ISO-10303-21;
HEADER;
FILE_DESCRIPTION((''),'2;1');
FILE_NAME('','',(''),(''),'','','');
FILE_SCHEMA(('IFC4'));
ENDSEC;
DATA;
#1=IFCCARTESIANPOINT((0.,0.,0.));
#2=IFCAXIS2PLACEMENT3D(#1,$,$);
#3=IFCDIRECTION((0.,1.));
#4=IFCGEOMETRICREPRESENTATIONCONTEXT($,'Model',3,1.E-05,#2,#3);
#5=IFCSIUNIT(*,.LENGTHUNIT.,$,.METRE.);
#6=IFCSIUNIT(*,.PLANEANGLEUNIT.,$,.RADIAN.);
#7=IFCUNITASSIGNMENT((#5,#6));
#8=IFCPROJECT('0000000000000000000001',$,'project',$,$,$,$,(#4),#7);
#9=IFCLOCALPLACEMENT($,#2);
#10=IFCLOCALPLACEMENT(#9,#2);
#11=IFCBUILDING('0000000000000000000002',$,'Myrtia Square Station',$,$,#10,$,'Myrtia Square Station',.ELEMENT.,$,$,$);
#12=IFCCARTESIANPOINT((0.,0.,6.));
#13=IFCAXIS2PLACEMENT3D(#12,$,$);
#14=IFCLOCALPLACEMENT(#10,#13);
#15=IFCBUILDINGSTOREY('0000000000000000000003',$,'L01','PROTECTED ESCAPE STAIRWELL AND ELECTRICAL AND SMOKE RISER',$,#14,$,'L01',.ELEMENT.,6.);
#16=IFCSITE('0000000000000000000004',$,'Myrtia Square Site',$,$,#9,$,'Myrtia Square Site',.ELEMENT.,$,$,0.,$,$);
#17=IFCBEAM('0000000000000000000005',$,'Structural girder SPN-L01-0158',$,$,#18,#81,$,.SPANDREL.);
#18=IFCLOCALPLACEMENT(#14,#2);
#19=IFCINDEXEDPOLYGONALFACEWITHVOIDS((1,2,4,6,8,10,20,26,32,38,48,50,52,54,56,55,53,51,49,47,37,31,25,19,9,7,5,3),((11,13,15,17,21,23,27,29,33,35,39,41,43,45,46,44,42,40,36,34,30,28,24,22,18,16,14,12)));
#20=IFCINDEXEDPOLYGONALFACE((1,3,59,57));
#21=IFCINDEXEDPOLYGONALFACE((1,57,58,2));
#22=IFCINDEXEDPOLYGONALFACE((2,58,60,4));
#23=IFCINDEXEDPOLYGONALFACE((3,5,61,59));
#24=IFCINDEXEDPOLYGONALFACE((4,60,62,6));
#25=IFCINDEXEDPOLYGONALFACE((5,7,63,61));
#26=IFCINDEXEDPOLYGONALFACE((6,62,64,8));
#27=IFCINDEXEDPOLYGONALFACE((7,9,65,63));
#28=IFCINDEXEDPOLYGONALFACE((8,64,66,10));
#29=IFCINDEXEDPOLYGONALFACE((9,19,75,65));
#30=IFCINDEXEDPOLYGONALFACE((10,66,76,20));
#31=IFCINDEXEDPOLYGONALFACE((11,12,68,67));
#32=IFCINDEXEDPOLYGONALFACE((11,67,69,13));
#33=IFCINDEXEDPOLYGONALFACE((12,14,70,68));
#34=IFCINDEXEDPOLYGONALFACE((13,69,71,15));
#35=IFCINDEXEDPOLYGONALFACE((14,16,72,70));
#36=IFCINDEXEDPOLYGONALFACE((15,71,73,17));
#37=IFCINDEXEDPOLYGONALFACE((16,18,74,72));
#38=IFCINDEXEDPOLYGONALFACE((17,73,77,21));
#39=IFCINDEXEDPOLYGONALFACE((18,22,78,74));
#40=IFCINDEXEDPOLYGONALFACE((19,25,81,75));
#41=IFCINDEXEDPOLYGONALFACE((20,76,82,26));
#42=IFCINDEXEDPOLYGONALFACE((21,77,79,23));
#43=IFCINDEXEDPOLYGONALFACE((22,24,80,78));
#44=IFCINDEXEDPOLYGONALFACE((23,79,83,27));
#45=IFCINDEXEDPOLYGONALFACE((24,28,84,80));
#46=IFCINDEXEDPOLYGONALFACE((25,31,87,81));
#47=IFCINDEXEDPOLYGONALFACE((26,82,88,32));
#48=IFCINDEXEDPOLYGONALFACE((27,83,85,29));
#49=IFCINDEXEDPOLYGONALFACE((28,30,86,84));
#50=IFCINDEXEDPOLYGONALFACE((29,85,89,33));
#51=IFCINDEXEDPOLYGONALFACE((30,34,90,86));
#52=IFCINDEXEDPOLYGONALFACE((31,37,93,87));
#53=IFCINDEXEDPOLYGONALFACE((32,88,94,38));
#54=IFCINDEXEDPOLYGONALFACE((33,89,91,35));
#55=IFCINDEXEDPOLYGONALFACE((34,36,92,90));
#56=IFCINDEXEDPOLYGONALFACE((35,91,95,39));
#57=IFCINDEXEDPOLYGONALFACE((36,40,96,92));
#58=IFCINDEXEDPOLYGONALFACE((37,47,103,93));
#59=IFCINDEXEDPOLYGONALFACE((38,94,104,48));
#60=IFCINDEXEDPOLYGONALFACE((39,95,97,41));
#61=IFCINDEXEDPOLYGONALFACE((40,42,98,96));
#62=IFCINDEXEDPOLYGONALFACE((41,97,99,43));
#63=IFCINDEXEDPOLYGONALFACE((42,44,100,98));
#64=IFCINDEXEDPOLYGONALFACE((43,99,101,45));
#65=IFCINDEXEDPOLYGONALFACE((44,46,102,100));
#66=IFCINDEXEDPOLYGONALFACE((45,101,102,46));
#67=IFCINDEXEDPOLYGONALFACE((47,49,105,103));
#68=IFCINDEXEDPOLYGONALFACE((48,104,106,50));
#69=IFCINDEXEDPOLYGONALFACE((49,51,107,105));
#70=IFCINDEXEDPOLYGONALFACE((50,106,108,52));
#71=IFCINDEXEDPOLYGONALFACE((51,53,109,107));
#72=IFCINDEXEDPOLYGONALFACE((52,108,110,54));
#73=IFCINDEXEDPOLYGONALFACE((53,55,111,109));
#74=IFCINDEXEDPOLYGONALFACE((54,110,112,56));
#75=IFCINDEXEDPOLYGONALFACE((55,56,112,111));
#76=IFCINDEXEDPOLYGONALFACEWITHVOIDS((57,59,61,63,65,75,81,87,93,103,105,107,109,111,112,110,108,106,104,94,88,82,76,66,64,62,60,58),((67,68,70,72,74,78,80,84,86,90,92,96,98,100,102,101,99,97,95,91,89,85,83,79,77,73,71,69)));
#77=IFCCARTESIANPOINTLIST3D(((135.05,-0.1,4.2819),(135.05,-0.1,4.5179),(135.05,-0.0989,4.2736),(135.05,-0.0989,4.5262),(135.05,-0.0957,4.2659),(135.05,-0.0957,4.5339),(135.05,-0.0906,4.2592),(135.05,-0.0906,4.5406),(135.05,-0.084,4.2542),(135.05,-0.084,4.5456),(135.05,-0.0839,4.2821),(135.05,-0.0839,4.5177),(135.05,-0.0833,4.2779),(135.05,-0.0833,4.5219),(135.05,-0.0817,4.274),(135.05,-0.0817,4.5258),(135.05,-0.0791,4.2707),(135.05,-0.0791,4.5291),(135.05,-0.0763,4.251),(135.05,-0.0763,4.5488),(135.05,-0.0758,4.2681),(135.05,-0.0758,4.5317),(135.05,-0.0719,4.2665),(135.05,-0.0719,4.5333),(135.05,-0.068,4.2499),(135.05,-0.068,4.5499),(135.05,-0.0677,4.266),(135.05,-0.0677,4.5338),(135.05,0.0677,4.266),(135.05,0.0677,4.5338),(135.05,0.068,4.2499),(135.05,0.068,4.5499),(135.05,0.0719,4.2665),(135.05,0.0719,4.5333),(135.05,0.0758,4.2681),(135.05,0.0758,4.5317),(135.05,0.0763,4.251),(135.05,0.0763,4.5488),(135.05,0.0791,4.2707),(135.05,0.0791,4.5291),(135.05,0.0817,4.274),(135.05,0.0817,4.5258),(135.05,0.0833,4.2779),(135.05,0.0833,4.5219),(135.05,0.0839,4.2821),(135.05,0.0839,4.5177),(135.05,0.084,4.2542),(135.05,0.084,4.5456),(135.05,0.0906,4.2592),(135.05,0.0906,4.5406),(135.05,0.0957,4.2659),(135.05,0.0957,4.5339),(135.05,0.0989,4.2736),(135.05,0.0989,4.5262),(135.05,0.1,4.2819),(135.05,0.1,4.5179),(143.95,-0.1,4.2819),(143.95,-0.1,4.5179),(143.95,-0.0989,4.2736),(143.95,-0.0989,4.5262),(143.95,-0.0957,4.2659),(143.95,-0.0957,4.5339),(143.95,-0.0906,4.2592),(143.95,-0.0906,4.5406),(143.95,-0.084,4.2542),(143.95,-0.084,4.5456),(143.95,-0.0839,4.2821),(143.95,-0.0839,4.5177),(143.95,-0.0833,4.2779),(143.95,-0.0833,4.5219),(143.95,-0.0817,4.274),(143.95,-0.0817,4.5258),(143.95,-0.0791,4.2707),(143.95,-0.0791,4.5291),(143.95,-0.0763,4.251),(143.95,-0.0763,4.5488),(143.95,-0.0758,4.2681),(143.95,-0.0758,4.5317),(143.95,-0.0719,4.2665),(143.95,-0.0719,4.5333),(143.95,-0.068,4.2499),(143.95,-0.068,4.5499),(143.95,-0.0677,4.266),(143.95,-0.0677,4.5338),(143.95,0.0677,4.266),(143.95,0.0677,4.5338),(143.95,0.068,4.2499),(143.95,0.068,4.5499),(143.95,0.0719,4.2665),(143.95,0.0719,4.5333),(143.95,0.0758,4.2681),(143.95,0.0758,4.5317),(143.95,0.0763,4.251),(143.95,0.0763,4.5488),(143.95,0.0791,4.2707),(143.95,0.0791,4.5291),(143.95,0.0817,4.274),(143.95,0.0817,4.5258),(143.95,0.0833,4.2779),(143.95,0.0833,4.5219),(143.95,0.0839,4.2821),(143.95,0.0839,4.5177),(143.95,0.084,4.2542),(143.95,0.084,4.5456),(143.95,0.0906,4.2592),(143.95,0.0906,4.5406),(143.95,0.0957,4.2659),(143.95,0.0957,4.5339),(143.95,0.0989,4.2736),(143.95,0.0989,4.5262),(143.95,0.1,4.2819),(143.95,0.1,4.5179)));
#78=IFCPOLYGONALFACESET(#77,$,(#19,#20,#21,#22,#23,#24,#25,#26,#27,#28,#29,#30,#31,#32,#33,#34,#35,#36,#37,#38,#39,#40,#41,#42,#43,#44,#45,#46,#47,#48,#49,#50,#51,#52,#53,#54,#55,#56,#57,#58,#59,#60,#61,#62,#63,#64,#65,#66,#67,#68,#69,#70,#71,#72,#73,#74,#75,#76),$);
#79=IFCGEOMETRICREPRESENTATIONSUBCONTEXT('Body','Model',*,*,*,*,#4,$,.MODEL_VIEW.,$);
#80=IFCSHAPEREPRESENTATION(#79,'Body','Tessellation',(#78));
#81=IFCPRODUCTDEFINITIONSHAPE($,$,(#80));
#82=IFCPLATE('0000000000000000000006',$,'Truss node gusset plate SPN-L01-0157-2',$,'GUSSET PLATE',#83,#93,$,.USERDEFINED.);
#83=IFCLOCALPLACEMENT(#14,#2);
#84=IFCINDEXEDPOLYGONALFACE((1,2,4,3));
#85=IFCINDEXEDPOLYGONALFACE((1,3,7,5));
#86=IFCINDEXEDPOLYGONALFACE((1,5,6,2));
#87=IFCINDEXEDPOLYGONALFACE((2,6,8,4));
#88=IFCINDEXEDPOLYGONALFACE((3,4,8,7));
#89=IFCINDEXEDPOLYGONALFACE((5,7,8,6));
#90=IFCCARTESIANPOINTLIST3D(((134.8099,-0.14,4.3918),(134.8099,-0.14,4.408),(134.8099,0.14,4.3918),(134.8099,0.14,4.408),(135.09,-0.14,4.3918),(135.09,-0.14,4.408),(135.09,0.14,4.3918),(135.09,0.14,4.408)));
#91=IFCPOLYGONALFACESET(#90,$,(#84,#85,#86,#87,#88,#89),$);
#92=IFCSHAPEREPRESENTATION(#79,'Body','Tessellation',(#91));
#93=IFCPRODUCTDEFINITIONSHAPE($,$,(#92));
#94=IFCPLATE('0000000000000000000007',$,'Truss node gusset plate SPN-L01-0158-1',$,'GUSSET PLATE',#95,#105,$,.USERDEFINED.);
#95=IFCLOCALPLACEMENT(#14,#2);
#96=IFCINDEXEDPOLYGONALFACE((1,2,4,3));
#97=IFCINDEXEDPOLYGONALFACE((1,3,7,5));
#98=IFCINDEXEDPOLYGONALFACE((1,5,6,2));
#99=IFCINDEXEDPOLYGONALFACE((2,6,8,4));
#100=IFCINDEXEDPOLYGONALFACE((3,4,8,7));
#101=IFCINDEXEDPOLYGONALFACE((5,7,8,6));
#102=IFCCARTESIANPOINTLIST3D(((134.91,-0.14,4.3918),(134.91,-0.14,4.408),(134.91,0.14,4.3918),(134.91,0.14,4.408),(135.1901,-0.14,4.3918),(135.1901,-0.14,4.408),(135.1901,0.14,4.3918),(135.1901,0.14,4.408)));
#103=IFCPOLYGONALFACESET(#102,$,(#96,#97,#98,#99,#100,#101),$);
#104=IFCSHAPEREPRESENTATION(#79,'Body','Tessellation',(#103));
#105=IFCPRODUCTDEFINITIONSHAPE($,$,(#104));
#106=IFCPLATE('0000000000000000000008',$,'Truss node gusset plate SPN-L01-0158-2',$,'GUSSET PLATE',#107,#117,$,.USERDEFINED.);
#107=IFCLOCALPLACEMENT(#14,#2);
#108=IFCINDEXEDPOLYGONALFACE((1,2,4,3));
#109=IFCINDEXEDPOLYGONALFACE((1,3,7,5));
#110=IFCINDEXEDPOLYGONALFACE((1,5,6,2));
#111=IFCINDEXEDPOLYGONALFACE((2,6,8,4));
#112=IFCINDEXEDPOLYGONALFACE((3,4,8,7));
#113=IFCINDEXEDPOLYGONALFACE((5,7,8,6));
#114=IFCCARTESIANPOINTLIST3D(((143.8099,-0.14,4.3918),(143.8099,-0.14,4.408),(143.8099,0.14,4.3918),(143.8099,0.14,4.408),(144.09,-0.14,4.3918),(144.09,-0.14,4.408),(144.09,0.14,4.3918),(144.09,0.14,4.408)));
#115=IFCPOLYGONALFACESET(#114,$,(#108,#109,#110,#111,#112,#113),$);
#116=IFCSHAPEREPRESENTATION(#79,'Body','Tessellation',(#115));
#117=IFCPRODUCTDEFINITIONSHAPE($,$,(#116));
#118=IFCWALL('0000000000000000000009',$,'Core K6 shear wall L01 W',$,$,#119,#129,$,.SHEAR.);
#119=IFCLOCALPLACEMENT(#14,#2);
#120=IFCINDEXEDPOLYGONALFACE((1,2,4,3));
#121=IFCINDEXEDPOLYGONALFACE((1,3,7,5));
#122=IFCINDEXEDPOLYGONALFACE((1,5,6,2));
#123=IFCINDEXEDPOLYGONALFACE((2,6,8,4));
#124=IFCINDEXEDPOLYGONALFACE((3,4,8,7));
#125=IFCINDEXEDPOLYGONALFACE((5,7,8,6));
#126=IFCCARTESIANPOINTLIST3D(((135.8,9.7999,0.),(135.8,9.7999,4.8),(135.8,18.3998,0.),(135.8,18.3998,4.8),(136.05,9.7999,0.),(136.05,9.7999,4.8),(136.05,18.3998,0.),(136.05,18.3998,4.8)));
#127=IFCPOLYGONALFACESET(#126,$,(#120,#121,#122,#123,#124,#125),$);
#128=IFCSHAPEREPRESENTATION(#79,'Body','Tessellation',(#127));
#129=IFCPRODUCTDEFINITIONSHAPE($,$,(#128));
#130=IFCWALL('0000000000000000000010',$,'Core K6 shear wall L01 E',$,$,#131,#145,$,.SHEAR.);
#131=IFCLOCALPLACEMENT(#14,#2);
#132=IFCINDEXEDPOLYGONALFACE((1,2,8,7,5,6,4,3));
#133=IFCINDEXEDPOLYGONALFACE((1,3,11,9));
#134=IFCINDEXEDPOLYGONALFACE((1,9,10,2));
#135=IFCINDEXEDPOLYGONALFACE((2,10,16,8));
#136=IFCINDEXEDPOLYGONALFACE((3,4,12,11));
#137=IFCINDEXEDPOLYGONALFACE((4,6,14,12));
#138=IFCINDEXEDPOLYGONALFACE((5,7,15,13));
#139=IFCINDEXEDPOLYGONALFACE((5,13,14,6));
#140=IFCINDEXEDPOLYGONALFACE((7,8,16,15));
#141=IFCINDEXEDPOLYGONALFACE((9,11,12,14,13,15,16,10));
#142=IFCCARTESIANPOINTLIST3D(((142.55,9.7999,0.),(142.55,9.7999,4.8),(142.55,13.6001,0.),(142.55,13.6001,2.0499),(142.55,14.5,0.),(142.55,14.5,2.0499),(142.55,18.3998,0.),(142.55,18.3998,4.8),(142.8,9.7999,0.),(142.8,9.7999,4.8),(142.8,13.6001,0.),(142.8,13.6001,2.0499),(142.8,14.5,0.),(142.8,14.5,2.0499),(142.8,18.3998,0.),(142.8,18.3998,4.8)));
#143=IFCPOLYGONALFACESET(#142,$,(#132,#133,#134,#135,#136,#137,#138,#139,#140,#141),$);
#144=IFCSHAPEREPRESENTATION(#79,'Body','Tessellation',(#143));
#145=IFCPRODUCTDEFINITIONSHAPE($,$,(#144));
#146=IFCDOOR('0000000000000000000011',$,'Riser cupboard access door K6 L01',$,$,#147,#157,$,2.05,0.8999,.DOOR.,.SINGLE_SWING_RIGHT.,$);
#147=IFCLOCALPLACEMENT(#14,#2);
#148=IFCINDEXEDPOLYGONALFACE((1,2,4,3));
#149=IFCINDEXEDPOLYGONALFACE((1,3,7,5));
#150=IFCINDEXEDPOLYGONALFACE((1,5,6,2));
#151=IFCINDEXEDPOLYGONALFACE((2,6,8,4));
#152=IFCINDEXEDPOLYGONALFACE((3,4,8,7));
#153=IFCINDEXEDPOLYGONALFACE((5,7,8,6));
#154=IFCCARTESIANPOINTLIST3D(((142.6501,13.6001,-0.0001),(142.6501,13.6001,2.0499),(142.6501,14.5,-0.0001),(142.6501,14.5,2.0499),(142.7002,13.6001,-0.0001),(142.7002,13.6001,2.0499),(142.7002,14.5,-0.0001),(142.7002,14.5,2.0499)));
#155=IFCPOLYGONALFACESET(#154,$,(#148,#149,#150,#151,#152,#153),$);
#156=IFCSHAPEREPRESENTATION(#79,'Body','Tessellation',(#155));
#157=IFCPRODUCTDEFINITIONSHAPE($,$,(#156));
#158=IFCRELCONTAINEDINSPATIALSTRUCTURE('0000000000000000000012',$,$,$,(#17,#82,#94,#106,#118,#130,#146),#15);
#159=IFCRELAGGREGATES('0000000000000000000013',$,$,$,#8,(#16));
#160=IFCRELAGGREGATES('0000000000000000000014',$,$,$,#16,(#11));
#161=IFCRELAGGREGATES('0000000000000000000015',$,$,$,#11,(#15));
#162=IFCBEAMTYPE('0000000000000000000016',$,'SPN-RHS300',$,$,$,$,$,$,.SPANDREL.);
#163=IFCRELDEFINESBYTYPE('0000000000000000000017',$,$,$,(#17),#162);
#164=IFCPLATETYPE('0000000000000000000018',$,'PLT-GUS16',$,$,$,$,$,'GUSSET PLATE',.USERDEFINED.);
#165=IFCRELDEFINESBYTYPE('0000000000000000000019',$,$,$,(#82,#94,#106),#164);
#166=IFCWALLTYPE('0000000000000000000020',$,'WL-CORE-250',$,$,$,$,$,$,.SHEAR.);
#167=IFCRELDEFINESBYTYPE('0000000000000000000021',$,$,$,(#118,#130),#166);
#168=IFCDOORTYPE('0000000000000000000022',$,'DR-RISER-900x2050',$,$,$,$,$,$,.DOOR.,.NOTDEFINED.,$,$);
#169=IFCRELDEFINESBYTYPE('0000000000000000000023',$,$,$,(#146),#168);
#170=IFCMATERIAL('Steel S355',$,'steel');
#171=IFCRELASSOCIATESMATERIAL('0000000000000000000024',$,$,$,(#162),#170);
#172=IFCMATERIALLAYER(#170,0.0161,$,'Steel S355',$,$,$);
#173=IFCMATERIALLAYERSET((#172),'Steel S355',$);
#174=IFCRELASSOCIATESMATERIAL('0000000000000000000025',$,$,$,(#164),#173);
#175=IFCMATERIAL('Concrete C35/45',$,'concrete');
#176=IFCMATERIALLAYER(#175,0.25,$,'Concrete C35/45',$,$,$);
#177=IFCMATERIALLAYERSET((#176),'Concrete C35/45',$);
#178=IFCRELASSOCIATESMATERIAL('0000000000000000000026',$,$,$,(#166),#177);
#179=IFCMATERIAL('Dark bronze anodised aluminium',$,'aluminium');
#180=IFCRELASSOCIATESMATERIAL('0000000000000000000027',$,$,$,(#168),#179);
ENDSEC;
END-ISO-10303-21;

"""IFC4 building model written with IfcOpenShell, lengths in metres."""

from ifc_helpers import new_model, si_unit, direction, frame, frame_2d, origin, origin_2d, place, context, subcontext, project, spatial, rectangle, hollow_rectangle, extrude, material, layer, layer_set, material_profile, profile_set, type_object, element, fill, save


model = new_model("IFC4")

# Units and contexts
model_context = context("Model", 3, precision=1e-05, world=origin(), true_north=direction((0.0, 1.0)))
body_context = subcontext(model_context, "Body", "Model", "MODEL_VIEW")
ifc_project = project(units=[si_unit("LENGTHUNIT", "METRE"), si_unit("PLANEANGLEUNIT", "RADIAN")], contexts=[model_context])

# Site, building, storey
site_placement = place(None, origin())
site = spatial("IfcSite", under=ifc_project, at=site_placement, Name="Myrtia Square Site", LongName="Myrtia Square Site", CompositionType="ELEMENT", RefElevation=0.0)
building_placement = place(site_placement, origin())
building = spatial("IfcBuilding", under=site, at=building_placement, Name="Myrtia Square Station", LongName="Myrtia Square Station", CompositionType="ELEMENT")
storey_placement = place(building_placement, frame((0.0, 0.0, 6.0)))
storey = spatial("IfcBuildingStorey", under=building, at=storey_placement, Name="L01", Description="PROTECTED ESCAPE STAIRWELL AND ELECTRICAL AND SMOKE RISER", LongName="L01", CompositionType="ELEMENT", Elevation=6.0)

# Shared definitions
ifc_material_1 = material(Name="Steel S355", Category="steel")

# Beam
ifc_material_profile_1 = material_profile(ifc_material_1, hollow_rectangle(XDim=0.2, YDim=0.3, WallThickness=0.0161, InnerFilletRadius=0.0161, OuterFilletRadius=0.032, at=origin_2d()), Name="RHS 300x200x16")
ifc_profile_set_1 = profile_set([ifc_material_profile_1], Name="Steel S355")
beam_type_1 = type_object("IfcBeamType", Name="SPN-RHS300", PredefinedType="SPANDREL", material=ifc_profile_set_1)
beam_1_placement = place(storey_placement, frame((135.05, 0.0, 4.3999), z_axis=(1.0, 0.0, 0.0), x_axis=(0.0, 1.0, 0.0)))
element("IfcBeam", 1, at=beam_1_placement, inside=storey, type_object=beam_type_1, Name="Structural girder SPN-L01-0158", PredefinedType="SPANDREL", context=body_context, shape_type="SweptSolid", body=[
    extrude(hollow_rectangle(XDim=0.2, YDim=0.3, WallThickness=0.0161, InnerFilletRadius=0.0161, OuterFilletRadius=0.032, at=origin_2d()), origin(), (0.0, 0.0, 1.0), 8.8999),
])

# Plates
ifc_layer_1 = layer(ifc_material_1, 0.0161, Name="Steel S355")
ifc_layer_set_1 = layer_set([ifc_layer_1], Name="Steel S355")
plate_type = type_object("IfcPlateType", Name="PLT-GUS16", ElementType="GUSSET PLATE", PredefinedType="USERDEFINED", material=ifc_layer_set_1)
for number, where, z_axis, x_axis, name in (
    (2, (134.95, 0.0, 4.3918), (0.0, 0.0, 1.0), (1.0, 0.0, 0.0), "Truss node gusset plate SPN-L01-0157-2"),
    (3, (135.05, 0.0, 4.3918), (0.0, 0.0, 1.0), (1.0, 0.0, 0.0), "Truss node gusset plate SPN-L01-0158-1"),
    (4, (143.95, 0.0, 4.3918), (0.0, 0.0, 1.0), (1.0, 0.0, 0.0), "Truss node gusset plate SPN-L01-0158-2"),
):
    element("IfcPlate", number, at=place(storey_placement, frame(where, z_axis=z_axis, x_axis=x_axis)), inside=storey, type_object=plate_type, Name=name, ObjectType="GUSSET PLATE", PredefinedType="USERDEFINED", context=body_context, shape_type="SweptSolid", body=[
        extrude(rectangle(XDim=0.28, YDim=0.28, at=origin_2d()), origin(), (0.0, 0.0, 1.0), 0.0161),
    ])

# Wall
ifc_material_2 = material(Name="Concrete C35/45", Category="concrete")
ifc_layer_2 = layer(ifc_material_2, 0.25, Name="Concrete C35/45")
ifc_layer_set_2 = layer_set([ifc_layer_2], Name="Concrete C35/45")
wall_type_1 = type_object("IfcWallType", Name="WL-CORE-250", PredefinedType="SHEAR", material=ifc_layer_set_2)
wall_1_placement = place(storey_placement, frame((135.925, 9.8, 0.0), z_axis=(0.0, 0.0, 1.0), x_axis=(0.0, 1.0, 0.0)))
element("IfcWall", 5, at=wall_1_placement, inside=storey, type_object=wall_type_1, Name="Core K6 shear wall L01 W", PredefinedType="SHEAR", context=body_context, shape_type="SweptSolid", body=[
    extrude(rectangle(XDim=8.5999, YDim=0.25, at=frame_2d((4.2998, 0.0))), origin(), (0.0, 0.0, 1.0), 4.8),
])

# Wall, opening, door
wall_2_placement = place(storey_placement, frame((142.675, 9.8, 0.0), z_axis=(0.0, 0.0, 1.0), x_axis=(0.0, 1.0, 0.0)))
wall_2 = element("IfcWall", 6, at=wall_2_placement, inside=storey, type_object=wall_type_1, Name="Core K6 shear wall L01 E", PredefinedType="SHEAR", context=body_context, shape_type="SweptSolid", body=[
    extrude(rectangle(XDim=8.5999, YDim=0.25, at=frame_2d((4.2998, 0.0))), origin(), (0.0, 0.0, 1.0), 4.8),
])
opening_1_placement = place(wall_2_placement, frame((3.8, 0.0, 0.0)))
opening_1 = element("IfcOpeningElement", 7, at=opening_1_placement, cuts=wall_2, PredefinedType="OPENING", context=body_context, shape_type="SweptSolid", body=[
    extrude(rectangle(XDim=0.8999, YDim=2.05, at=frame_2d((0.45, 1.0249))), frame((0.0, 0.1399, 0.0), z_axis=(0.0, -1.0, 0.0), x_axis=(1.0, 0.0, 0.0)), (0.0, 0.0, 1.0), 0.28),
])
ifc_material_3 = material(Name="Dark bronze anodised aluminium", Category="aluminium")
door_type_1 = type_object("IfcDoorType", Name="DR-RISER-900x2050", OperationType="NOTDEFINED", PredefinedType="DOOR", material=ifc_material_3)
door_1_placement = place(opening_1_placement, origin())
door_1 = element("IfcDoor", 8, at=door_1_placement, inside=storey, type_object=door_type_1, Name="Riser cupboard access door K6 L01", OperationType="SINGLE_SWING_RIGHT", OverallHeight=2.05, OverallWidth=0.8999, PredefinedType="DOOR", context=body_context, shape_type="SweptSolid", body=[
    extrude(rectangle(XDim=0.8999, YDim=2.05, at=frame_2d((0.45, 1.0249))), frame((0.0, 0.0249, 0.0), z_axis=(0.0, -1.0, 0.0), x_axis=(1.0, 0.0, 0.0)), (0.0, 0.0, 1.0), 0.05),
])
fill(opening_1, door_1)

save(model, "model.ifc")
